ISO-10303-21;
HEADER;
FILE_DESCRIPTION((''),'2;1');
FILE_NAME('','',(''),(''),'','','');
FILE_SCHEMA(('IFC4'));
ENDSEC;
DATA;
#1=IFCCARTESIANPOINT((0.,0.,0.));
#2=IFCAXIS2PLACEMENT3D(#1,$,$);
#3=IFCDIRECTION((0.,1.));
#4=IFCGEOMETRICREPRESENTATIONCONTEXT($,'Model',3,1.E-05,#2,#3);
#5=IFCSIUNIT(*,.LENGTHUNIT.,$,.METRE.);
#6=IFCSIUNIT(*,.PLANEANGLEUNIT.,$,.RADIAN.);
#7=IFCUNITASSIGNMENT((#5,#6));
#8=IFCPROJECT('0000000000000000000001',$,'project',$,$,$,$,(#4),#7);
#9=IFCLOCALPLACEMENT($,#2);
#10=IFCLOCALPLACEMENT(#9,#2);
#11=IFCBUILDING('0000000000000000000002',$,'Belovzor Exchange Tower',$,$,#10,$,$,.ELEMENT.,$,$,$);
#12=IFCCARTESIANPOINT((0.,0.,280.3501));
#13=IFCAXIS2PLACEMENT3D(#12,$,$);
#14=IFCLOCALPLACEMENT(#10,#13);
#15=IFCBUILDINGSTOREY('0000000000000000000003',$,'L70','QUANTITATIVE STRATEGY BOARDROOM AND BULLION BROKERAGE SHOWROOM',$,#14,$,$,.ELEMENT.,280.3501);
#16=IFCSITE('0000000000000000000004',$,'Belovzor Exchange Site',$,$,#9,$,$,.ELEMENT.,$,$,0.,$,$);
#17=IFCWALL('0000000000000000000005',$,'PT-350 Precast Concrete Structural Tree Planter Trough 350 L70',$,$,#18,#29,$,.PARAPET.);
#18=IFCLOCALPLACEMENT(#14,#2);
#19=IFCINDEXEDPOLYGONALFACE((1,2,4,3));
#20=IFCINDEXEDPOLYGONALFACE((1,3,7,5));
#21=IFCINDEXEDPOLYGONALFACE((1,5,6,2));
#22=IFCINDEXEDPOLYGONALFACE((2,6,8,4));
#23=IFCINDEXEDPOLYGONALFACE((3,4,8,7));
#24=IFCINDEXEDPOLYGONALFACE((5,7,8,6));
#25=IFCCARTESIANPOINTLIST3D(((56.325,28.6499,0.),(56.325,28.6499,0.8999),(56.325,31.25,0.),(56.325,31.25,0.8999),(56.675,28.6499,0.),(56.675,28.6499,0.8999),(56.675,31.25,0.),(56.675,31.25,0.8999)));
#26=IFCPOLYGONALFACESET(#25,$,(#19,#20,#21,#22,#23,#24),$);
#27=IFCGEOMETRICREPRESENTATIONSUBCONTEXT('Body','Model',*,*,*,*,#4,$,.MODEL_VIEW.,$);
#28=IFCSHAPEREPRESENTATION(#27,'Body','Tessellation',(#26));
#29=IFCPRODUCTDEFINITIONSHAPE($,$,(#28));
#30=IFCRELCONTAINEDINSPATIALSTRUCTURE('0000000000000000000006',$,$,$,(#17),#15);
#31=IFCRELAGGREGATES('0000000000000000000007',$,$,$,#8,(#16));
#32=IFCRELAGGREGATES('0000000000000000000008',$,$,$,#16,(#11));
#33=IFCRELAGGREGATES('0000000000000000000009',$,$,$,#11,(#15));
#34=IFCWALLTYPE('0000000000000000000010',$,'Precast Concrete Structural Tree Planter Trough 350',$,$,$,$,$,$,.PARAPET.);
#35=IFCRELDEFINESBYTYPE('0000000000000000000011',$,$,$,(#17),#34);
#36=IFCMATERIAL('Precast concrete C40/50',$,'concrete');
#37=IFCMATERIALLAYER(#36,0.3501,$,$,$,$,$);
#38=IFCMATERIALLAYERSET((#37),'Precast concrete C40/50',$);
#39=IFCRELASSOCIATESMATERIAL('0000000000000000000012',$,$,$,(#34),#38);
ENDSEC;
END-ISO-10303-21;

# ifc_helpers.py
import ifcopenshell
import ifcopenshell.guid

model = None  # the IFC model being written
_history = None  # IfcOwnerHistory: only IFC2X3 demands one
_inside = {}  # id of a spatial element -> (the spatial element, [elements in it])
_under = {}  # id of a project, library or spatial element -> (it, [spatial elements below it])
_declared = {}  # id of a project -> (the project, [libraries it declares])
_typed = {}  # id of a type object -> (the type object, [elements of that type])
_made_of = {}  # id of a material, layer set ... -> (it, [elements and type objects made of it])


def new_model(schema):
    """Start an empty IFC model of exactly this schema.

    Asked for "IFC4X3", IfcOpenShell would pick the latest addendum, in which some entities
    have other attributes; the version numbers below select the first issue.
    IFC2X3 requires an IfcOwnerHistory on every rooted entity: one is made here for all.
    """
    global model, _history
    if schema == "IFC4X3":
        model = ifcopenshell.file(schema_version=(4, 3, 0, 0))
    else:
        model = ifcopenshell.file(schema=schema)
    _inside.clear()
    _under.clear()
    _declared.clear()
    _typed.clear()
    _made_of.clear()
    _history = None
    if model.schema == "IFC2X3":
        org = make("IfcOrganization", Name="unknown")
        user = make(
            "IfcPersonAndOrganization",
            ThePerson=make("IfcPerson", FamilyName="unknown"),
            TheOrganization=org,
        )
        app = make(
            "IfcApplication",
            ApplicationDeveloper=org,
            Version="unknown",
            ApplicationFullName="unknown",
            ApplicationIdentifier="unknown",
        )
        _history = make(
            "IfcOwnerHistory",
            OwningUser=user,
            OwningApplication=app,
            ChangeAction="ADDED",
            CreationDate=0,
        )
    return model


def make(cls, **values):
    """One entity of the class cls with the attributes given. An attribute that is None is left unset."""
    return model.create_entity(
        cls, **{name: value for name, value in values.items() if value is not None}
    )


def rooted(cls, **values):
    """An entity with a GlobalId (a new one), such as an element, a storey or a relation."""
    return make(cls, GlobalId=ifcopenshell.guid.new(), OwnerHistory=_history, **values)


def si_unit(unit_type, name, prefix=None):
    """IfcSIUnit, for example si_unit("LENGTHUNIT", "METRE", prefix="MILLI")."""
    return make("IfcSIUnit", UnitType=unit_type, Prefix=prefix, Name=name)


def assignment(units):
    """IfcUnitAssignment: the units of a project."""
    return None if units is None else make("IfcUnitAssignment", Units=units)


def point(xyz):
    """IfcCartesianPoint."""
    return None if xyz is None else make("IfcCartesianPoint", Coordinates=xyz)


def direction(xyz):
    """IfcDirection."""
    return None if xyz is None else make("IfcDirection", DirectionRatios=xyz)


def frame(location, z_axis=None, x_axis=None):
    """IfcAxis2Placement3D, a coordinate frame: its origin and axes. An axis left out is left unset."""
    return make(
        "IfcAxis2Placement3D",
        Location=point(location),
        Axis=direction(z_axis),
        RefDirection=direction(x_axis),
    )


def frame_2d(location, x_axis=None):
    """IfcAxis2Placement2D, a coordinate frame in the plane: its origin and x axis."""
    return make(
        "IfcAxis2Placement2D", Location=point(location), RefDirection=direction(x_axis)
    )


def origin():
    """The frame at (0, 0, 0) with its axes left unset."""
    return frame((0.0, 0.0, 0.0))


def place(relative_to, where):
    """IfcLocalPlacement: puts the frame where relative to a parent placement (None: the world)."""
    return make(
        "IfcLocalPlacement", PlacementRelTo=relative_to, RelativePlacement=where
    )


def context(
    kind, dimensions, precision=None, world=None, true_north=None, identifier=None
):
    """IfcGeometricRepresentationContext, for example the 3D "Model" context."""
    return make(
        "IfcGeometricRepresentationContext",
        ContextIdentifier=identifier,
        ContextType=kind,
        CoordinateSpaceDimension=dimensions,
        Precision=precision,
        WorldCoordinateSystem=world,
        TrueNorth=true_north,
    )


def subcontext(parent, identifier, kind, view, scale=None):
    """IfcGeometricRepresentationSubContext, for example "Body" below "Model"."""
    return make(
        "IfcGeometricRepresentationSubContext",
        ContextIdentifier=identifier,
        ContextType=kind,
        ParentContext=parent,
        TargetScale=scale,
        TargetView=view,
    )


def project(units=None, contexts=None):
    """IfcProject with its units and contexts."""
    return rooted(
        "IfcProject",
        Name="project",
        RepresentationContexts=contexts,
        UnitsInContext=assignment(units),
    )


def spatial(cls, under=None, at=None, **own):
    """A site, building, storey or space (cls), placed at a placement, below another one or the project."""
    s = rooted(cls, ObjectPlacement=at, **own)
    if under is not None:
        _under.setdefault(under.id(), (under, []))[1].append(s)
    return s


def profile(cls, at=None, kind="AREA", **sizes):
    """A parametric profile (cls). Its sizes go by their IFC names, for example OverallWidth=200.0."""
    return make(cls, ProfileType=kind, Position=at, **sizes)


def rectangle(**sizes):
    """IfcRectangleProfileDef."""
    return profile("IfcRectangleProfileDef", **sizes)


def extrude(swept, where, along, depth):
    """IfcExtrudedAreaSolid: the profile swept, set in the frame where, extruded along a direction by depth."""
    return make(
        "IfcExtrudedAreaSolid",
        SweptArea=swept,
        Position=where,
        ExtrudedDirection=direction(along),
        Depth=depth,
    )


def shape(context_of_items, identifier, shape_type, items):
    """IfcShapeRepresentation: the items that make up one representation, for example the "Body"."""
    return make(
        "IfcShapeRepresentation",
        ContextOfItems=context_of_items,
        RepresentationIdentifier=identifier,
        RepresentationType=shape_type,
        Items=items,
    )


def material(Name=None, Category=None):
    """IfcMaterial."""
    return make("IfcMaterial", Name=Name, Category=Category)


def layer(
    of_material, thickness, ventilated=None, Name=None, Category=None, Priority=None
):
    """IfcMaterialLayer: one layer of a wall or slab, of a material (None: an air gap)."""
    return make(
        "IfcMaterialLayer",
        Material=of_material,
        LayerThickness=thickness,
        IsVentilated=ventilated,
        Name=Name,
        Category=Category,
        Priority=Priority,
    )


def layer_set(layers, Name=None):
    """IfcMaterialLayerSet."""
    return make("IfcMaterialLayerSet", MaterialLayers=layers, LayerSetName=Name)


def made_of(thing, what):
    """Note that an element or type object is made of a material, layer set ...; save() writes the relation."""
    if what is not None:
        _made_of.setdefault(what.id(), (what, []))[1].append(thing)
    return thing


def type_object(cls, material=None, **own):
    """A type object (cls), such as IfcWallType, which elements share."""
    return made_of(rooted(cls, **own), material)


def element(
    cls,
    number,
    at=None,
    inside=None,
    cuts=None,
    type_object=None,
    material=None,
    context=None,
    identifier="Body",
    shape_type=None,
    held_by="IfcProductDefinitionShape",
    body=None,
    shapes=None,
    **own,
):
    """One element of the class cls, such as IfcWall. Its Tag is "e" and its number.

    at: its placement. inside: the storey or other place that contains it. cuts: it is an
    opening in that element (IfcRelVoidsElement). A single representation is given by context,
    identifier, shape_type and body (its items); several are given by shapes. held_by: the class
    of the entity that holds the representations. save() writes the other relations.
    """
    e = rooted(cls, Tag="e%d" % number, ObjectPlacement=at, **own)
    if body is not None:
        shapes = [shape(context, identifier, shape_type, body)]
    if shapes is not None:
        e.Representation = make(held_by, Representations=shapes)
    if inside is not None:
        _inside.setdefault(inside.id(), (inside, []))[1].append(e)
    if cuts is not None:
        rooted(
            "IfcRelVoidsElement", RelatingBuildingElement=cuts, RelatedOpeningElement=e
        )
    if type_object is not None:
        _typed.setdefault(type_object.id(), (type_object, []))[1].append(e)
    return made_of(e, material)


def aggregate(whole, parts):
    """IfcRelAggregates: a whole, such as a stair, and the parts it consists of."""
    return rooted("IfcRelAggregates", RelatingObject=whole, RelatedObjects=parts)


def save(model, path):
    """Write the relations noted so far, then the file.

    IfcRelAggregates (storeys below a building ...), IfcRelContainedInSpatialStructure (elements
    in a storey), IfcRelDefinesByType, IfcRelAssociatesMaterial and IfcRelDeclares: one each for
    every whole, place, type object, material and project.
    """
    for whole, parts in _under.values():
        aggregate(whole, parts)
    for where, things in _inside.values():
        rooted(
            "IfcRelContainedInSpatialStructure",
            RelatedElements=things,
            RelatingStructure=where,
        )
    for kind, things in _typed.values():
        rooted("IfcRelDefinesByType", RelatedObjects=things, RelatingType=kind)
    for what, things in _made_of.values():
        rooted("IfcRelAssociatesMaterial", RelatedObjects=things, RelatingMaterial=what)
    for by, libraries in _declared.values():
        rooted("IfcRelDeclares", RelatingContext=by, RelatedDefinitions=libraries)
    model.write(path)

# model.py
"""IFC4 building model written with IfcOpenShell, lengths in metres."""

from ifc_helpers import new_model, si_unit, direction, frame, frame_2d, origin, place, context, subcontext, project, spatial, rectangle, extrude, material, layer, layer_set, type_object, element, save


model = new_model("IFC4")

# Units and contexts
model_context = context("Model", 3, precision=1e-05, world=origin(), true_north=direction((0.0, 1.0)))
body_context = subcontext(model_context, "Body", "Model", "MODEL_VIEW")
ifc_project = project(units=[si_unit("LENGTHUNIT", "METRE"), si_unit("PLANEANGLEUNIT", "RADIAN")], contexts=[model_context])

# Site, building, storey
site_placement = place(None, origin())
site = spatial("IfcSite", under=ifc_project, at=site_placement, Name="Belovzor Exchange Site", CompositionType="ELEMENT", RefElevation=0.0)
building_placement = place(site_placement, origin())
building = spatial("IfcBuilding", under=site, at=building_placement, Name="Belovzor Exchange Tower", CompositionType="ELEMENT")
storey_placement = place(building_placement, frame((0.0, 0.0, 280.3501)))
storey = spatial("IfcBuildingStorey", under=building, at=storey_placement, Name="L70", Description="QUANTITATIVE STRATEGY BOARDROOM AND BULLION BROKERAGE SHOWROOM", CompositionType="ELEMENT", Elevation=280.3501)

# Wall
ifc_material_1 = material(Name="Precast concrete C40/50", Category="concrete")
ifc_layer_1 = layer(ifc_material_1, 0.3501)
ifc_layer_set_1 = layer_set([ifc_layer_1], Name="Precast concrete C40/50")
wall_type_1 = type_object("IfcWallType", Name="Precast Concrete Structural Tree Planter Trough 350", PredefinedType="PARAPET", material=ifc_layer_set_1)
wall_1_placement = place(storey_placement, frame((56.5, 28.6499, 0.0), z_axis=(0.0, 0.0, 1.0), x_axis=(0.0, 1.0, 0.0)))
element("IfcWall", 1, at=wall_1_placement, inside=storey, type_object=wall_type_1, Name="PT-350 Precast Concrete Structural Tree Planter Trough 350 L70", PredefinedType="PARAPET", context=body_context, shape_type="SweptSolid", body=[
    extrude(rectangle(XDim=2.6001, YDim=0.3501, at=frame_2d((1.3, 0.0))), origin(), (0.0, 0.0, 1.0), 0.8999),
])

save(model, "model.ifc")
